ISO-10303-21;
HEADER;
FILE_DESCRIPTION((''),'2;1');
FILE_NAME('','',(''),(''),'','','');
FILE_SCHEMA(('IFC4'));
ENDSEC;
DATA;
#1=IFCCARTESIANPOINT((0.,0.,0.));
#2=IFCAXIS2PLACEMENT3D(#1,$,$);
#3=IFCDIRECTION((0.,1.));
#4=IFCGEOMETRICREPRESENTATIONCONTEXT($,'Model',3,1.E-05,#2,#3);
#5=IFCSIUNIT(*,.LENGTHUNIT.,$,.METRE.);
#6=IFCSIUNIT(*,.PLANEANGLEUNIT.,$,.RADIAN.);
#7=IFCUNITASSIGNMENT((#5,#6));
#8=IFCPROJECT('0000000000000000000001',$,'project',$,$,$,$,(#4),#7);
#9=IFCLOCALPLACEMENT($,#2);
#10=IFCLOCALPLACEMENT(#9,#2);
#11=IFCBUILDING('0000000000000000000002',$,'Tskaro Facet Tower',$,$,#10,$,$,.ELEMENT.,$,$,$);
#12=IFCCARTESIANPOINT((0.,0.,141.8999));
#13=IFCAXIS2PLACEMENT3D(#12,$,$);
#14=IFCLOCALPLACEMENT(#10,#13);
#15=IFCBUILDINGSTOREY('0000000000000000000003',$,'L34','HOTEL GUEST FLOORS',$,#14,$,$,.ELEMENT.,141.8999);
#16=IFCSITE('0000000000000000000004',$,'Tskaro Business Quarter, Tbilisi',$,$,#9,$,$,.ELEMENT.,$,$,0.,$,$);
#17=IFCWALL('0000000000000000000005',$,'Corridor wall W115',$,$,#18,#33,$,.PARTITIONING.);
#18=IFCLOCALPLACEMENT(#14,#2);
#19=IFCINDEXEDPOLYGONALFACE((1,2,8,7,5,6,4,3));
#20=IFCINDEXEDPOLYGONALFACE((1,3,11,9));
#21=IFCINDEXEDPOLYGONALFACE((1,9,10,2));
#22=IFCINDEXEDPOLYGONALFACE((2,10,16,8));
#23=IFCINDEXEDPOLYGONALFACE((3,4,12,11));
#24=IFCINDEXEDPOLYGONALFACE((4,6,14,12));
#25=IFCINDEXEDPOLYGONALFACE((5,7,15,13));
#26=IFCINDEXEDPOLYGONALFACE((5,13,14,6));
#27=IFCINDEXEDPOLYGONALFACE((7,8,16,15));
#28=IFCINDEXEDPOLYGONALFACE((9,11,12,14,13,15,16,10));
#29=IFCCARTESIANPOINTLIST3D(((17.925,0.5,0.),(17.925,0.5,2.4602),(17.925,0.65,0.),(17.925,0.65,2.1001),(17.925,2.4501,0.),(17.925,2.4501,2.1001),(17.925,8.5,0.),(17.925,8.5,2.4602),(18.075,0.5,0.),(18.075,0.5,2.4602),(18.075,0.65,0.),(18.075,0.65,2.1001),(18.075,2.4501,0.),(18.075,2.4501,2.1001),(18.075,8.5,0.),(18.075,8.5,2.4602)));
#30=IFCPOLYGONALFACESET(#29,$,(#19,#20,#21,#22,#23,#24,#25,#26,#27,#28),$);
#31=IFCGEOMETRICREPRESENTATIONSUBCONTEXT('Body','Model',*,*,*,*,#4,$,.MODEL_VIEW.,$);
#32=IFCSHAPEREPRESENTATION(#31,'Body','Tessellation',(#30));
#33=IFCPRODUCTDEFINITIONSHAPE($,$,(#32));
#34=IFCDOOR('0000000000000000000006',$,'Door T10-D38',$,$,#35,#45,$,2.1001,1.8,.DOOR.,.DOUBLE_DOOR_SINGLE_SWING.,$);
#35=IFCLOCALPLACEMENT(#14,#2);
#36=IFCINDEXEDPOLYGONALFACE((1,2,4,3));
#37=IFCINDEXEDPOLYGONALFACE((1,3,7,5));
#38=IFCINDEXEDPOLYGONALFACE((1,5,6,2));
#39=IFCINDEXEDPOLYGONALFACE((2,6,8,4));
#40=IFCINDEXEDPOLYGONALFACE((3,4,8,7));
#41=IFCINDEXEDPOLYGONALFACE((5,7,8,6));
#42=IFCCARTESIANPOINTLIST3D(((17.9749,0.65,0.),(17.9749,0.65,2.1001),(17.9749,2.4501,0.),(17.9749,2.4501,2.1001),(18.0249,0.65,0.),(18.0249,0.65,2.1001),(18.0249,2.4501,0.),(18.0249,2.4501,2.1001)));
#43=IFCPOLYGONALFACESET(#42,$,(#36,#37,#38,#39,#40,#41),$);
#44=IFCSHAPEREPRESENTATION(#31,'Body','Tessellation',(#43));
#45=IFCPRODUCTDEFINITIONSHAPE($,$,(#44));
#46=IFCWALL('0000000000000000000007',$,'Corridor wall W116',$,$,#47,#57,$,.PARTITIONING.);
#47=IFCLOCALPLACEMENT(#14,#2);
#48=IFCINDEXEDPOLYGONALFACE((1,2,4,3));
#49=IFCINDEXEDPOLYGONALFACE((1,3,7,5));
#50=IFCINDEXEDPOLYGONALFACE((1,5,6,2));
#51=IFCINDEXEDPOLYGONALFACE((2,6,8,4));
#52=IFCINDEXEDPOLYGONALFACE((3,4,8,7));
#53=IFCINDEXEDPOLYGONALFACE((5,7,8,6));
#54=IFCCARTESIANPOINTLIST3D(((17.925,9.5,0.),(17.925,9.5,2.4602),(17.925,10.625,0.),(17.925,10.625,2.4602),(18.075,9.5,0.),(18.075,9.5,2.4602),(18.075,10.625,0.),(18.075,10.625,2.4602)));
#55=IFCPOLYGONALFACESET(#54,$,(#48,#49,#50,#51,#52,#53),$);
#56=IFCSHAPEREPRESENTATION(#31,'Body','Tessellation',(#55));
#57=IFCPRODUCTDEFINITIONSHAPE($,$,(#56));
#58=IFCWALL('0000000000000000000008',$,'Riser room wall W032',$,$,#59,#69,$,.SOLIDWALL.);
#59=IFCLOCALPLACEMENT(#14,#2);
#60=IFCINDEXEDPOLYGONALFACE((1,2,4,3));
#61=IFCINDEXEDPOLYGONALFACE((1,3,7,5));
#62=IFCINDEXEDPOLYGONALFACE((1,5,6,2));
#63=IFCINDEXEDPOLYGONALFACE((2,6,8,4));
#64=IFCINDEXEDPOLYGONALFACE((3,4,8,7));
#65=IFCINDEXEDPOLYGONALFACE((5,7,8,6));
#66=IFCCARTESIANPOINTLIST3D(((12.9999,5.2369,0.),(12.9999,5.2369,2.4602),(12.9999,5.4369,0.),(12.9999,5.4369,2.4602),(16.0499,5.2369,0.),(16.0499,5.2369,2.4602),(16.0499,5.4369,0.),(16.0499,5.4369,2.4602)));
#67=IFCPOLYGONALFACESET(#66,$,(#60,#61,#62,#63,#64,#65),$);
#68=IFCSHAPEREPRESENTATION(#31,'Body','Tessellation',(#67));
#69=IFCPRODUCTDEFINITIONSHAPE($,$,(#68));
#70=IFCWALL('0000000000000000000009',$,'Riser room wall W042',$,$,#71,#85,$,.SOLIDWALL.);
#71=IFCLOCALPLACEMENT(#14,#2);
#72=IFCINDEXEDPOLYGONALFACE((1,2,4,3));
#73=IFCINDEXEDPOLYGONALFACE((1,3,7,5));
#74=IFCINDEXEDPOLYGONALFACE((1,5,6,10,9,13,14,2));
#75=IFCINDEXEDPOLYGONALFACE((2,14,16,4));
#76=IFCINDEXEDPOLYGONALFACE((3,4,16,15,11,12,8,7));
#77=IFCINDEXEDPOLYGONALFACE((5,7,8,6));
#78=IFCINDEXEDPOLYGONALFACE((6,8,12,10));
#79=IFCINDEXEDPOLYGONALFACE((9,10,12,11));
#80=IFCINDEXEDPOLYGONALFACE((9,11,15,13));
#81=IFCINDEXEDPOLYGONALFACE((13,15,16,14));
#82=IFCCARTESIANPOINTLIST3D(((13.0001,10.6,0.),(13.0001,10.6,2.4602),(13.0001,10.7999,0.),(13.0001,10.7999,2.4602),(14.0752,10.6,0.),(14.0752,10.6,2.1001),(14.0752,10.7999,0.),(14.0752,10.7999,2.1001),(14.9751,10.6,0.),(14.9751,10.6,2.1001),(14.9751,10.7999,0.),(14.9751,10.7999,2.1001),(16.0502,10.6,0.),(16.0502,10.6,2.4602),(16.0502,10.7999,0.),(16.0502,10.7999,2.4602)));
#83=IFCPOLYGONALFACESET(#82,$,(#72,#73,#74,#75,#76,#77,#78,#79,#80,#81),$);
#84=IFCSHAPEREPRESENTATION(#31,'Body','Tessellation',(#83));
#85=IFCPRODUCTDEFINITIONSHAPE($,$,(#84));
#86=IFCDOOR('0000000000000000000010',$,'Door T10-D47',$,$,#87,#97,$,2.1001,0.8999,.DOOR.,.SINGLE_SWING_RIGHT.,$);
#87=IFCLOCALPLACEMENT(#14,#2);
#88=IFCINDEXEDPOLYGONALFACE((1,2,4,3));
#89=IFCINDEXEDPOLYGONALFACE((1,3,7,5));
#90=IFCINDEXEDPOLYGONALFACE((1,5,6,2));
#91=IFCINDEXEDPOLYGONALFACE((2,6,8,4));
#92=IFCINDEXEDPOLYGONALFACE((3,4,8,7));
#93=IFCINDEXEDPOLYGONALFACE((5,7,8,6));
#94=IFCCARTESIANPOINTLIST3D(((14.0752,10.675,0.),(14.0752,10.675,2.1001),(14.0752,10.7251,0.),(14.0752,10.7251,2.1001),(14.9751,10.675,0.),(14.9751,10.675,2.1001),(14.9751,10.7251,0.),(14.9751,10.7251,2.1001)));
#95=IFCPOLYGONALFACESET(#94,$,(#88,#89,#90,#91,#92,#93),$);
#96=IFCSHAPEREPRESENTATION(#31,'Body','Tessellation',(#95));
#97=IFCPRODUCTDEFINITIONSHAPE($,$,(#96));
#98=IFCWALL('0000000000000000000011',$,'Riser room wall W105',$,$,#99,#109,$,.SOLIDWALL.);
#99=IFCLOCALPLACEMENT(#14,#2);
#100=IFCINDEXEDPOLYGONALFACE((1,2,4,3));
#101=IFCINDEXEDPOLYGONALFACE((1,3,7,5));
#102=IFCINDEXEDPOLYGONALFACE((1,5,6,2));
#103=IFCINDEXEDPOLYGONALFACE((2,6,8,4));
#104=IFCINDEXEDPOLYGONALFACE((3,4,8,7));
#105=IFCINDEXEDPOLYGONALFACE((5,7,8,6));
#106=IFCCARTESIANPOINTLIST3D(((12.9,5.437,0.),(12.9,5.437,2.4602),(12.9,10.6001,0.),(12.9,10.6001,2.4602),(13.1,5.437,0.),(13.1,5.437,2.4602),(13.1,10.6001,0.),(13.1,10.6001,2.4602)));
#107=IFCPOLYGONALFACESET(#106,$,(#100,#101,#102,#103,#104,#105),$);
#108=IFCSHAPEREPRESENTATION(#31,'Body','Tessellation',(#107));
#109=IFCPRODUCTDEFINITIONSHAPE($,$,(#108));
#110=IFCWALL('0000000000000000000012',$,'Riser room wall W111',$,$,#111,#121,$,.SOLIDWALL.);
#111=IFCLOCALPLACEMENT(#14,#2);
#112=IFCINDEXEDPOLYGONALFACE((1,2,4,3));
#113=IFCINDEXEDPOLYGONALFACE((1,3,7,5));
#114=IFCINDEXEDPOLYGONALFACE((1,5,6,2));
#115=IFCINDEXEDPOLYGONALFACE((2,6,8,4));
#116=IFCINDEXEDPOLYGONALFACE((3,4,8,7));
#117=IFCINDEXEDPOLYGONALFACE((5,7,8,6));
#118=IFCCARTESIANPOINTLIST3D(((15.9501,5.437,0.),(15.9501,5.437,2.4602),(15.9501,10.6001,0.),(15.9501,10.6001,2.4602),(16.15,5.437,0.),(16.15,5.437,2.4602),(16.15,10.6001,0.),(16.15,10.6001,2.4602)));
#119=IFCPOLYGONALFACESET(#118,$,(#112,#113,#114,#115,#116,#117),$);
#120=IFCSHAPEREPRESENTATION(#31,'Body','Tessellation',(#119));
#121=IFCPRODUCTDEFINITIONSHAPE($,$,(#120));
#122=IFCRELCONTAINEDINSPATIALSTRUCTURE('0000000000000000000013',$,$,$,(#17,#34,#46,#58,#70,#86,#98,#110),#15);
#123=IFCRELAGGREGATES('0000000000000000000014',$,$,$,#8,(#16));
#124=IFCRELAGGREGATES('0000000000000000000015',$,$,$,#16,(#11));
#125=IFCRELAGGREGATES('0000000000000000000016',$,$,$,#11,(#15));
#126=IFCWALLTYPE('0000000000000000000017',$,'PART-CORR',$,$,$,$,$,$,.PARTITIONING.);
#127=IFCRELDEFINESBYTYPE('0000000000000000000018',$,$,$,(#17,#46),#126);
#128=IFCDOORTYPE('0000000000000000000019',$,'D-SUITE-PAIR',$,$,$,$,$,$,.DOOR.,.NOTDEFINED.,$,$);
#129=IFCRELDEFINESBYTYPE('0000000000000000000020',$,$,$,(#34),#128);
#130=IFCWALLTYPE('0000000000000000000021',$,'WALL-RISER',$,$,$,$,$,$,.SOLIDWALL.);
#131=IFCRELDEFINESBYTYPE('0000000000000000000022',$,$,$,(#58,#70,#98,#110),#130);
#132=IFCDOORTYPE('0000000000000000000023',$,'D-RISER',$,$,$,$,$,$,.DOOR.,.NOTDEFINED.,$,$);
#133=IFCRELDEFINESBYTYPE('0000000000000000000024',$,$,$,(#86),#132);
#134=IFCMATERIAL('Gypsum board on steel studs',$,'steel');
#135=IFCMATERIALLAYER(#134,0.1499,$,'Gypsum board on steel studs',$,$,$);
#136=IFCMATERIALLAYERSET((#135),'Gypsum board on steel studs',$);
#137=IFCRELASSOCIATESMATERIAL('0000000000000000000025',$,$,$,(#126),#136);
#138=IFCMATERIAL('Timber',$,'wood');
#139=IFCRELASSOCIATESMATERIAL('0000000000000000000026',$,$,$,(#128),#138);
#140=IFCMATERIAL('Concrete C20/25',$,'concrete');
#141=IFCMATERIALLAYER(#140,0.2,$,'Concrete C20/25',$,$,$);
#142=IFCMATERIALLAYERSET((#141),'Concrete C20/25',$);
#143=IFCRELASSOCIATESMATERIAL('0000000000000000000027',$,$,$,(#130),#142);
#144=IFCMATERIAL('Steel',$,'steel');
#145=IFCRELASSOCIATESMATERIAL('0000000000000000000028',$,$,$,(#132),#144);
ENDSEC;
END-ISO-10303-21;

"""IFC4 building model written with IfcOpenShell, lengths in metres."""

from ifc_helpers import new_model, si_unit, direction, frame, frame_2d, origin, place, context, subcontext, project, spatial, rectangle, extrude, material, layer, layer_set, type_object, element, fill, save


model = new_model("IFC4")

# Units and contexts
model_context = context("Model", 3, precision=1e-05, world=origin(), true_north=direction((0.0, 1.0)))
body_context = subcontext(model_context, "Body", "Model", "MODEL_VIEW")
ifc_project = project(units=[si_unit("LENGTHUNIT", "METRE"), si_unit("PLANEANGLEUNIT", "RADIAN")], contexts=[model_context])

# Site, building, storey
site_placement = place(None, origin())
site = spatial("IfcSite", under=ifc_project, at=site_placement, Name="Tskaro Business Quarter, Tbilisi", CompositionType="ELEMENT", RefElevation=0.0)
building_placement = place(site_placement, origin())
building = spatial("IfcBuilding", under=site, at=building_placement, Name="Tskaro Facet Tower", CompositionType="ELEMENT")
storey_placement = place(building_placement, frame((0.0, 0.0, 141.8999)))
storey = spatial("IfcBuildingStorey", under=building, at=storey_placement, Name="L34", Description="HOTEL GUEST FLOORS", CompositionType="ELEMENT", Elevation=141.8999)

# Shared definitions
ifc_material_1 = material(Name="Gypsum board on steel studs", Category="steel")

# Shared definitions
ifc_layer_1 = layer(ifc_material_1, 0.1499, Name="Gypsum board on steel studs")
ifc_layer_set_1 = layer_set([ifc_layer_1], Name="Gypsum board on steel studs")
wall_type_1 = type_object("IfcWallType", Name="PART-CORR", PredefinedType="PARTITIONING", material=ifc_layer_set_1)
ifc_material_2 = material(Name="Timber", Category="wood")

# Shared definitions
ifc_material_3 = material(Name="Steel", Category="steel")

# Wall, opening, door
door_type_1 = type_object("IfcDoorType", Name="D-SUITE-PAIR", OperationType="NOTDEFINED", PredefinedType="DOOR", material=ifc_material_2)
wall_1_placement = place(storey_placement, frame((18.0, 8.5, 0.0), z_axis=(0.0, 0.0, 1.0), x_axis=(0.0, -1.0, 0.0)))
wall_1 = element("IfcWall", 1, at=wall_1_placement, inside=storey, type_object=wall_type_1, Name="Corridor wall W115", PredefinedType="PARTITIONING", context=body_context, shape_type="SweptSolid", body=[
    extrude(rectangle(XDim=8.0, YDim=0.1499, at=frame_2d((4.0, 0.0))), origin(), (0.0, 0.0, 1.0), 2.4602),
])
opening_1_placement = place(wall_1_placement, frame((6.05, 0.0, 0.0)))
opening_1 = element("IfcOpeningElement", 2, at=opening_1_placement, cuts=wall_1, PredefinedType="OPENING", context=body_context, shape_type="SweptSolid", body=[
    extrude(rectangle(XDim=1.8, YDim=2.1001, at=frame_2d((0.8999, 1.05))), frame((0.0, 0.085, 0.0), z_axis=(0.0, -1.0, 0.0), x_axis=(1.0, 0.0, 0.0)), (0.0, 0.0, 1.0), 0.1699),
])
door_1_placement = place(opening_1_placement, origin())
door_1 = element("IfcDoor", 3, at=door_1_placement, inside=storey, type_object=door_type_1, Name="Door T10-D38", OperationType="DOUBLE_DOOR_SINGLE_SWING", OverallHeight=2.1001, OverallWidth=1.8, PredefinedType="DOOR", context=body_context, shape_type="SweptSolid", body=[
    extrude(rectangle(XDim=1.8, YDim=2.1001, at=frame_2d((0.8999, 1.05))), frame((0.0, 0.0249, 0.0), z_axis=(0.0, -1.0, 0.0), x_axis=(1.0, 0.0, 0.0)), (0.0, 0.0, 1.0), 0.05),
])
fill(opening_1, door_1)

# Walls
wall_2_placement = place(storey_placement, frame((18.0, 9.5, 0.0), z_axis=(0.0, 0.0, 1.0), x_axis=(0.0, 1.0, 0.0)))
element("IfcWall", 4, at=wall_2_placement, inside=storey, type_object=wall_type_1, Name="Corridor wall W116", PredefinedType="PARTITIONING", context=body_context, shape_type="SweptSolid", body=[
    extrude(rectangle(XDim=1.125, YDim=0.1499, at=frame_2d((0.5625, 0.0))), origin(), (0.0, 0.0, 1.0), 2.4602),
])
ifc_material_4 = material(Name="Concrete C20/25", Category="concrete")
ifc_layer_2 = layer(ifc_material_4, 0.2, Name="Concrete C20/25")
ifc_layer_set_2 = layer_set([ifc_layer_2], Name="Concrete C20/25")
wall_type_2 = type_object("IfcWallType", Name="WALL-RISER", PredefinedType="SOLIDWALL", material=ifc_layer_set_2)
wall_3_placement = place(storey_placement, frame((13.0, 5.3369, 0.0), z_axis=(0.0, 0.0, 1.0), x_axis=(1.0, 0.0, 0.0)))
element("IfcWall", 5, at=wall_3_placement, inside=storey, type_object=wall_type_2, Name="Riser room wall W032", PredefinedType="SOLIDWALL", context=body_context, shape_type="SweptSolid", body=[
    extrude(rectangle(XDim=3.05, YDim=0.2, at=frame_2d((1.5249, 0.0))), origin(), (0.0, 0.0, 1.0), 2.4602),
])

# Wall, opening, door
wall_4_placement = place(storey_placement, frame((16.05, 10.7, 0.0), z_axis=(0.0, 0.0, 1.0), x_axis=(-1.0, 0.0, 0.0)))
wall_4 = element("IfcWall", 6, at=wall_4_placement, inside=storey, type_object=wall_type_2, Name="Riser room wall W042", PredefinedType="SOLIDWALL", context=body_context, shape_type="SweptSolid", body=[
    extrude(rectangle(XDim=3.05, YDim=0.2, at=frame_2d((1.5249, 0.0))), origin(), (0.0, 0.0, 1.0), 2.4602),
])
opening_2_placement = place(wall_4_placement, frame((1.075, 0.0, 0.0)))
opening_2 = element("IfcOpeningElement", 7, at=opening_2_placement, cuts=wall_4, PredefinedType="OPENING", context=body_context, shape_type="SweptSolid", body=[
    extrude(rectangle(XDim=0.8999, YDim=2.1001, at=frame_2d((0.45, 1.05))), frame((0.0, 0.1099, 0.0), z_axis=(0.0, -1.0, 0.0), x_axis=(1.0, 0.0, 0.0)), (0.0, 0.0, 1.0), 0.22),
])
door_type_2 = type_object("IfcDoorType", Name="D-RISER", OperationType="NOTDEFINED", PredefinedType="DOOR", material=ifc_material_3)
door_2_placement = place(opening_2_placement, origin())
door_2 = element("IfcDoor", 8, at=door_2_placement, inside=storey, type_object=door_type_2, Name="Door T10-D47", OperationType="SINGLE_SWING_RIGHT", OverallHeight=2.1001, OverallWidth=0.8999, PredefinedType="DOOR", context=body_context, shape_type="SweptSolid", body=[
    extrude(rectangle(XDim=0.8999, YDim=2.1001, at=frame_2d((0.45, 1.05))), frame((0.0, 0.0249, 0.0), z_axis=(0.0, -1.0, 0.0), x_axis=(1.0, 0.0, 0.0)), (0.0, 0.0, 1.0), 0.05),
])
fill(opening_2, door_2)

# Walls
for number, where, z_axis, x_axis, name in (
    (9, (13.0, 5.437, 0.0), (0.0, 0.0, 1.0), (0.0, 1.0, 0.0), "Riser room wall W105"),
    (10, (16.05, 5.437, 0.0), (0.0, 0.0, 1.0), (0.0, 1.0, 0.0), "Riser room wall W111"),
):
    element("IfcWall", number, at=place(storey_placement, frame(where, z_axis=z_axis, x_axis=x_axis)), inside=storey, type_object=wall_type_2, Name=name, PredefinedType="SOLIDWALL", context=body_context, shape_type="SweptSolid", body=[
        extrude(rectangle(XDim=5.1631, YDim=0.2, at=frame_2d((2.5815, 0.0))), origin(), (0.0, 0.0, 1.0), 2.4602),
    ])

save(model, "model.ifc")
